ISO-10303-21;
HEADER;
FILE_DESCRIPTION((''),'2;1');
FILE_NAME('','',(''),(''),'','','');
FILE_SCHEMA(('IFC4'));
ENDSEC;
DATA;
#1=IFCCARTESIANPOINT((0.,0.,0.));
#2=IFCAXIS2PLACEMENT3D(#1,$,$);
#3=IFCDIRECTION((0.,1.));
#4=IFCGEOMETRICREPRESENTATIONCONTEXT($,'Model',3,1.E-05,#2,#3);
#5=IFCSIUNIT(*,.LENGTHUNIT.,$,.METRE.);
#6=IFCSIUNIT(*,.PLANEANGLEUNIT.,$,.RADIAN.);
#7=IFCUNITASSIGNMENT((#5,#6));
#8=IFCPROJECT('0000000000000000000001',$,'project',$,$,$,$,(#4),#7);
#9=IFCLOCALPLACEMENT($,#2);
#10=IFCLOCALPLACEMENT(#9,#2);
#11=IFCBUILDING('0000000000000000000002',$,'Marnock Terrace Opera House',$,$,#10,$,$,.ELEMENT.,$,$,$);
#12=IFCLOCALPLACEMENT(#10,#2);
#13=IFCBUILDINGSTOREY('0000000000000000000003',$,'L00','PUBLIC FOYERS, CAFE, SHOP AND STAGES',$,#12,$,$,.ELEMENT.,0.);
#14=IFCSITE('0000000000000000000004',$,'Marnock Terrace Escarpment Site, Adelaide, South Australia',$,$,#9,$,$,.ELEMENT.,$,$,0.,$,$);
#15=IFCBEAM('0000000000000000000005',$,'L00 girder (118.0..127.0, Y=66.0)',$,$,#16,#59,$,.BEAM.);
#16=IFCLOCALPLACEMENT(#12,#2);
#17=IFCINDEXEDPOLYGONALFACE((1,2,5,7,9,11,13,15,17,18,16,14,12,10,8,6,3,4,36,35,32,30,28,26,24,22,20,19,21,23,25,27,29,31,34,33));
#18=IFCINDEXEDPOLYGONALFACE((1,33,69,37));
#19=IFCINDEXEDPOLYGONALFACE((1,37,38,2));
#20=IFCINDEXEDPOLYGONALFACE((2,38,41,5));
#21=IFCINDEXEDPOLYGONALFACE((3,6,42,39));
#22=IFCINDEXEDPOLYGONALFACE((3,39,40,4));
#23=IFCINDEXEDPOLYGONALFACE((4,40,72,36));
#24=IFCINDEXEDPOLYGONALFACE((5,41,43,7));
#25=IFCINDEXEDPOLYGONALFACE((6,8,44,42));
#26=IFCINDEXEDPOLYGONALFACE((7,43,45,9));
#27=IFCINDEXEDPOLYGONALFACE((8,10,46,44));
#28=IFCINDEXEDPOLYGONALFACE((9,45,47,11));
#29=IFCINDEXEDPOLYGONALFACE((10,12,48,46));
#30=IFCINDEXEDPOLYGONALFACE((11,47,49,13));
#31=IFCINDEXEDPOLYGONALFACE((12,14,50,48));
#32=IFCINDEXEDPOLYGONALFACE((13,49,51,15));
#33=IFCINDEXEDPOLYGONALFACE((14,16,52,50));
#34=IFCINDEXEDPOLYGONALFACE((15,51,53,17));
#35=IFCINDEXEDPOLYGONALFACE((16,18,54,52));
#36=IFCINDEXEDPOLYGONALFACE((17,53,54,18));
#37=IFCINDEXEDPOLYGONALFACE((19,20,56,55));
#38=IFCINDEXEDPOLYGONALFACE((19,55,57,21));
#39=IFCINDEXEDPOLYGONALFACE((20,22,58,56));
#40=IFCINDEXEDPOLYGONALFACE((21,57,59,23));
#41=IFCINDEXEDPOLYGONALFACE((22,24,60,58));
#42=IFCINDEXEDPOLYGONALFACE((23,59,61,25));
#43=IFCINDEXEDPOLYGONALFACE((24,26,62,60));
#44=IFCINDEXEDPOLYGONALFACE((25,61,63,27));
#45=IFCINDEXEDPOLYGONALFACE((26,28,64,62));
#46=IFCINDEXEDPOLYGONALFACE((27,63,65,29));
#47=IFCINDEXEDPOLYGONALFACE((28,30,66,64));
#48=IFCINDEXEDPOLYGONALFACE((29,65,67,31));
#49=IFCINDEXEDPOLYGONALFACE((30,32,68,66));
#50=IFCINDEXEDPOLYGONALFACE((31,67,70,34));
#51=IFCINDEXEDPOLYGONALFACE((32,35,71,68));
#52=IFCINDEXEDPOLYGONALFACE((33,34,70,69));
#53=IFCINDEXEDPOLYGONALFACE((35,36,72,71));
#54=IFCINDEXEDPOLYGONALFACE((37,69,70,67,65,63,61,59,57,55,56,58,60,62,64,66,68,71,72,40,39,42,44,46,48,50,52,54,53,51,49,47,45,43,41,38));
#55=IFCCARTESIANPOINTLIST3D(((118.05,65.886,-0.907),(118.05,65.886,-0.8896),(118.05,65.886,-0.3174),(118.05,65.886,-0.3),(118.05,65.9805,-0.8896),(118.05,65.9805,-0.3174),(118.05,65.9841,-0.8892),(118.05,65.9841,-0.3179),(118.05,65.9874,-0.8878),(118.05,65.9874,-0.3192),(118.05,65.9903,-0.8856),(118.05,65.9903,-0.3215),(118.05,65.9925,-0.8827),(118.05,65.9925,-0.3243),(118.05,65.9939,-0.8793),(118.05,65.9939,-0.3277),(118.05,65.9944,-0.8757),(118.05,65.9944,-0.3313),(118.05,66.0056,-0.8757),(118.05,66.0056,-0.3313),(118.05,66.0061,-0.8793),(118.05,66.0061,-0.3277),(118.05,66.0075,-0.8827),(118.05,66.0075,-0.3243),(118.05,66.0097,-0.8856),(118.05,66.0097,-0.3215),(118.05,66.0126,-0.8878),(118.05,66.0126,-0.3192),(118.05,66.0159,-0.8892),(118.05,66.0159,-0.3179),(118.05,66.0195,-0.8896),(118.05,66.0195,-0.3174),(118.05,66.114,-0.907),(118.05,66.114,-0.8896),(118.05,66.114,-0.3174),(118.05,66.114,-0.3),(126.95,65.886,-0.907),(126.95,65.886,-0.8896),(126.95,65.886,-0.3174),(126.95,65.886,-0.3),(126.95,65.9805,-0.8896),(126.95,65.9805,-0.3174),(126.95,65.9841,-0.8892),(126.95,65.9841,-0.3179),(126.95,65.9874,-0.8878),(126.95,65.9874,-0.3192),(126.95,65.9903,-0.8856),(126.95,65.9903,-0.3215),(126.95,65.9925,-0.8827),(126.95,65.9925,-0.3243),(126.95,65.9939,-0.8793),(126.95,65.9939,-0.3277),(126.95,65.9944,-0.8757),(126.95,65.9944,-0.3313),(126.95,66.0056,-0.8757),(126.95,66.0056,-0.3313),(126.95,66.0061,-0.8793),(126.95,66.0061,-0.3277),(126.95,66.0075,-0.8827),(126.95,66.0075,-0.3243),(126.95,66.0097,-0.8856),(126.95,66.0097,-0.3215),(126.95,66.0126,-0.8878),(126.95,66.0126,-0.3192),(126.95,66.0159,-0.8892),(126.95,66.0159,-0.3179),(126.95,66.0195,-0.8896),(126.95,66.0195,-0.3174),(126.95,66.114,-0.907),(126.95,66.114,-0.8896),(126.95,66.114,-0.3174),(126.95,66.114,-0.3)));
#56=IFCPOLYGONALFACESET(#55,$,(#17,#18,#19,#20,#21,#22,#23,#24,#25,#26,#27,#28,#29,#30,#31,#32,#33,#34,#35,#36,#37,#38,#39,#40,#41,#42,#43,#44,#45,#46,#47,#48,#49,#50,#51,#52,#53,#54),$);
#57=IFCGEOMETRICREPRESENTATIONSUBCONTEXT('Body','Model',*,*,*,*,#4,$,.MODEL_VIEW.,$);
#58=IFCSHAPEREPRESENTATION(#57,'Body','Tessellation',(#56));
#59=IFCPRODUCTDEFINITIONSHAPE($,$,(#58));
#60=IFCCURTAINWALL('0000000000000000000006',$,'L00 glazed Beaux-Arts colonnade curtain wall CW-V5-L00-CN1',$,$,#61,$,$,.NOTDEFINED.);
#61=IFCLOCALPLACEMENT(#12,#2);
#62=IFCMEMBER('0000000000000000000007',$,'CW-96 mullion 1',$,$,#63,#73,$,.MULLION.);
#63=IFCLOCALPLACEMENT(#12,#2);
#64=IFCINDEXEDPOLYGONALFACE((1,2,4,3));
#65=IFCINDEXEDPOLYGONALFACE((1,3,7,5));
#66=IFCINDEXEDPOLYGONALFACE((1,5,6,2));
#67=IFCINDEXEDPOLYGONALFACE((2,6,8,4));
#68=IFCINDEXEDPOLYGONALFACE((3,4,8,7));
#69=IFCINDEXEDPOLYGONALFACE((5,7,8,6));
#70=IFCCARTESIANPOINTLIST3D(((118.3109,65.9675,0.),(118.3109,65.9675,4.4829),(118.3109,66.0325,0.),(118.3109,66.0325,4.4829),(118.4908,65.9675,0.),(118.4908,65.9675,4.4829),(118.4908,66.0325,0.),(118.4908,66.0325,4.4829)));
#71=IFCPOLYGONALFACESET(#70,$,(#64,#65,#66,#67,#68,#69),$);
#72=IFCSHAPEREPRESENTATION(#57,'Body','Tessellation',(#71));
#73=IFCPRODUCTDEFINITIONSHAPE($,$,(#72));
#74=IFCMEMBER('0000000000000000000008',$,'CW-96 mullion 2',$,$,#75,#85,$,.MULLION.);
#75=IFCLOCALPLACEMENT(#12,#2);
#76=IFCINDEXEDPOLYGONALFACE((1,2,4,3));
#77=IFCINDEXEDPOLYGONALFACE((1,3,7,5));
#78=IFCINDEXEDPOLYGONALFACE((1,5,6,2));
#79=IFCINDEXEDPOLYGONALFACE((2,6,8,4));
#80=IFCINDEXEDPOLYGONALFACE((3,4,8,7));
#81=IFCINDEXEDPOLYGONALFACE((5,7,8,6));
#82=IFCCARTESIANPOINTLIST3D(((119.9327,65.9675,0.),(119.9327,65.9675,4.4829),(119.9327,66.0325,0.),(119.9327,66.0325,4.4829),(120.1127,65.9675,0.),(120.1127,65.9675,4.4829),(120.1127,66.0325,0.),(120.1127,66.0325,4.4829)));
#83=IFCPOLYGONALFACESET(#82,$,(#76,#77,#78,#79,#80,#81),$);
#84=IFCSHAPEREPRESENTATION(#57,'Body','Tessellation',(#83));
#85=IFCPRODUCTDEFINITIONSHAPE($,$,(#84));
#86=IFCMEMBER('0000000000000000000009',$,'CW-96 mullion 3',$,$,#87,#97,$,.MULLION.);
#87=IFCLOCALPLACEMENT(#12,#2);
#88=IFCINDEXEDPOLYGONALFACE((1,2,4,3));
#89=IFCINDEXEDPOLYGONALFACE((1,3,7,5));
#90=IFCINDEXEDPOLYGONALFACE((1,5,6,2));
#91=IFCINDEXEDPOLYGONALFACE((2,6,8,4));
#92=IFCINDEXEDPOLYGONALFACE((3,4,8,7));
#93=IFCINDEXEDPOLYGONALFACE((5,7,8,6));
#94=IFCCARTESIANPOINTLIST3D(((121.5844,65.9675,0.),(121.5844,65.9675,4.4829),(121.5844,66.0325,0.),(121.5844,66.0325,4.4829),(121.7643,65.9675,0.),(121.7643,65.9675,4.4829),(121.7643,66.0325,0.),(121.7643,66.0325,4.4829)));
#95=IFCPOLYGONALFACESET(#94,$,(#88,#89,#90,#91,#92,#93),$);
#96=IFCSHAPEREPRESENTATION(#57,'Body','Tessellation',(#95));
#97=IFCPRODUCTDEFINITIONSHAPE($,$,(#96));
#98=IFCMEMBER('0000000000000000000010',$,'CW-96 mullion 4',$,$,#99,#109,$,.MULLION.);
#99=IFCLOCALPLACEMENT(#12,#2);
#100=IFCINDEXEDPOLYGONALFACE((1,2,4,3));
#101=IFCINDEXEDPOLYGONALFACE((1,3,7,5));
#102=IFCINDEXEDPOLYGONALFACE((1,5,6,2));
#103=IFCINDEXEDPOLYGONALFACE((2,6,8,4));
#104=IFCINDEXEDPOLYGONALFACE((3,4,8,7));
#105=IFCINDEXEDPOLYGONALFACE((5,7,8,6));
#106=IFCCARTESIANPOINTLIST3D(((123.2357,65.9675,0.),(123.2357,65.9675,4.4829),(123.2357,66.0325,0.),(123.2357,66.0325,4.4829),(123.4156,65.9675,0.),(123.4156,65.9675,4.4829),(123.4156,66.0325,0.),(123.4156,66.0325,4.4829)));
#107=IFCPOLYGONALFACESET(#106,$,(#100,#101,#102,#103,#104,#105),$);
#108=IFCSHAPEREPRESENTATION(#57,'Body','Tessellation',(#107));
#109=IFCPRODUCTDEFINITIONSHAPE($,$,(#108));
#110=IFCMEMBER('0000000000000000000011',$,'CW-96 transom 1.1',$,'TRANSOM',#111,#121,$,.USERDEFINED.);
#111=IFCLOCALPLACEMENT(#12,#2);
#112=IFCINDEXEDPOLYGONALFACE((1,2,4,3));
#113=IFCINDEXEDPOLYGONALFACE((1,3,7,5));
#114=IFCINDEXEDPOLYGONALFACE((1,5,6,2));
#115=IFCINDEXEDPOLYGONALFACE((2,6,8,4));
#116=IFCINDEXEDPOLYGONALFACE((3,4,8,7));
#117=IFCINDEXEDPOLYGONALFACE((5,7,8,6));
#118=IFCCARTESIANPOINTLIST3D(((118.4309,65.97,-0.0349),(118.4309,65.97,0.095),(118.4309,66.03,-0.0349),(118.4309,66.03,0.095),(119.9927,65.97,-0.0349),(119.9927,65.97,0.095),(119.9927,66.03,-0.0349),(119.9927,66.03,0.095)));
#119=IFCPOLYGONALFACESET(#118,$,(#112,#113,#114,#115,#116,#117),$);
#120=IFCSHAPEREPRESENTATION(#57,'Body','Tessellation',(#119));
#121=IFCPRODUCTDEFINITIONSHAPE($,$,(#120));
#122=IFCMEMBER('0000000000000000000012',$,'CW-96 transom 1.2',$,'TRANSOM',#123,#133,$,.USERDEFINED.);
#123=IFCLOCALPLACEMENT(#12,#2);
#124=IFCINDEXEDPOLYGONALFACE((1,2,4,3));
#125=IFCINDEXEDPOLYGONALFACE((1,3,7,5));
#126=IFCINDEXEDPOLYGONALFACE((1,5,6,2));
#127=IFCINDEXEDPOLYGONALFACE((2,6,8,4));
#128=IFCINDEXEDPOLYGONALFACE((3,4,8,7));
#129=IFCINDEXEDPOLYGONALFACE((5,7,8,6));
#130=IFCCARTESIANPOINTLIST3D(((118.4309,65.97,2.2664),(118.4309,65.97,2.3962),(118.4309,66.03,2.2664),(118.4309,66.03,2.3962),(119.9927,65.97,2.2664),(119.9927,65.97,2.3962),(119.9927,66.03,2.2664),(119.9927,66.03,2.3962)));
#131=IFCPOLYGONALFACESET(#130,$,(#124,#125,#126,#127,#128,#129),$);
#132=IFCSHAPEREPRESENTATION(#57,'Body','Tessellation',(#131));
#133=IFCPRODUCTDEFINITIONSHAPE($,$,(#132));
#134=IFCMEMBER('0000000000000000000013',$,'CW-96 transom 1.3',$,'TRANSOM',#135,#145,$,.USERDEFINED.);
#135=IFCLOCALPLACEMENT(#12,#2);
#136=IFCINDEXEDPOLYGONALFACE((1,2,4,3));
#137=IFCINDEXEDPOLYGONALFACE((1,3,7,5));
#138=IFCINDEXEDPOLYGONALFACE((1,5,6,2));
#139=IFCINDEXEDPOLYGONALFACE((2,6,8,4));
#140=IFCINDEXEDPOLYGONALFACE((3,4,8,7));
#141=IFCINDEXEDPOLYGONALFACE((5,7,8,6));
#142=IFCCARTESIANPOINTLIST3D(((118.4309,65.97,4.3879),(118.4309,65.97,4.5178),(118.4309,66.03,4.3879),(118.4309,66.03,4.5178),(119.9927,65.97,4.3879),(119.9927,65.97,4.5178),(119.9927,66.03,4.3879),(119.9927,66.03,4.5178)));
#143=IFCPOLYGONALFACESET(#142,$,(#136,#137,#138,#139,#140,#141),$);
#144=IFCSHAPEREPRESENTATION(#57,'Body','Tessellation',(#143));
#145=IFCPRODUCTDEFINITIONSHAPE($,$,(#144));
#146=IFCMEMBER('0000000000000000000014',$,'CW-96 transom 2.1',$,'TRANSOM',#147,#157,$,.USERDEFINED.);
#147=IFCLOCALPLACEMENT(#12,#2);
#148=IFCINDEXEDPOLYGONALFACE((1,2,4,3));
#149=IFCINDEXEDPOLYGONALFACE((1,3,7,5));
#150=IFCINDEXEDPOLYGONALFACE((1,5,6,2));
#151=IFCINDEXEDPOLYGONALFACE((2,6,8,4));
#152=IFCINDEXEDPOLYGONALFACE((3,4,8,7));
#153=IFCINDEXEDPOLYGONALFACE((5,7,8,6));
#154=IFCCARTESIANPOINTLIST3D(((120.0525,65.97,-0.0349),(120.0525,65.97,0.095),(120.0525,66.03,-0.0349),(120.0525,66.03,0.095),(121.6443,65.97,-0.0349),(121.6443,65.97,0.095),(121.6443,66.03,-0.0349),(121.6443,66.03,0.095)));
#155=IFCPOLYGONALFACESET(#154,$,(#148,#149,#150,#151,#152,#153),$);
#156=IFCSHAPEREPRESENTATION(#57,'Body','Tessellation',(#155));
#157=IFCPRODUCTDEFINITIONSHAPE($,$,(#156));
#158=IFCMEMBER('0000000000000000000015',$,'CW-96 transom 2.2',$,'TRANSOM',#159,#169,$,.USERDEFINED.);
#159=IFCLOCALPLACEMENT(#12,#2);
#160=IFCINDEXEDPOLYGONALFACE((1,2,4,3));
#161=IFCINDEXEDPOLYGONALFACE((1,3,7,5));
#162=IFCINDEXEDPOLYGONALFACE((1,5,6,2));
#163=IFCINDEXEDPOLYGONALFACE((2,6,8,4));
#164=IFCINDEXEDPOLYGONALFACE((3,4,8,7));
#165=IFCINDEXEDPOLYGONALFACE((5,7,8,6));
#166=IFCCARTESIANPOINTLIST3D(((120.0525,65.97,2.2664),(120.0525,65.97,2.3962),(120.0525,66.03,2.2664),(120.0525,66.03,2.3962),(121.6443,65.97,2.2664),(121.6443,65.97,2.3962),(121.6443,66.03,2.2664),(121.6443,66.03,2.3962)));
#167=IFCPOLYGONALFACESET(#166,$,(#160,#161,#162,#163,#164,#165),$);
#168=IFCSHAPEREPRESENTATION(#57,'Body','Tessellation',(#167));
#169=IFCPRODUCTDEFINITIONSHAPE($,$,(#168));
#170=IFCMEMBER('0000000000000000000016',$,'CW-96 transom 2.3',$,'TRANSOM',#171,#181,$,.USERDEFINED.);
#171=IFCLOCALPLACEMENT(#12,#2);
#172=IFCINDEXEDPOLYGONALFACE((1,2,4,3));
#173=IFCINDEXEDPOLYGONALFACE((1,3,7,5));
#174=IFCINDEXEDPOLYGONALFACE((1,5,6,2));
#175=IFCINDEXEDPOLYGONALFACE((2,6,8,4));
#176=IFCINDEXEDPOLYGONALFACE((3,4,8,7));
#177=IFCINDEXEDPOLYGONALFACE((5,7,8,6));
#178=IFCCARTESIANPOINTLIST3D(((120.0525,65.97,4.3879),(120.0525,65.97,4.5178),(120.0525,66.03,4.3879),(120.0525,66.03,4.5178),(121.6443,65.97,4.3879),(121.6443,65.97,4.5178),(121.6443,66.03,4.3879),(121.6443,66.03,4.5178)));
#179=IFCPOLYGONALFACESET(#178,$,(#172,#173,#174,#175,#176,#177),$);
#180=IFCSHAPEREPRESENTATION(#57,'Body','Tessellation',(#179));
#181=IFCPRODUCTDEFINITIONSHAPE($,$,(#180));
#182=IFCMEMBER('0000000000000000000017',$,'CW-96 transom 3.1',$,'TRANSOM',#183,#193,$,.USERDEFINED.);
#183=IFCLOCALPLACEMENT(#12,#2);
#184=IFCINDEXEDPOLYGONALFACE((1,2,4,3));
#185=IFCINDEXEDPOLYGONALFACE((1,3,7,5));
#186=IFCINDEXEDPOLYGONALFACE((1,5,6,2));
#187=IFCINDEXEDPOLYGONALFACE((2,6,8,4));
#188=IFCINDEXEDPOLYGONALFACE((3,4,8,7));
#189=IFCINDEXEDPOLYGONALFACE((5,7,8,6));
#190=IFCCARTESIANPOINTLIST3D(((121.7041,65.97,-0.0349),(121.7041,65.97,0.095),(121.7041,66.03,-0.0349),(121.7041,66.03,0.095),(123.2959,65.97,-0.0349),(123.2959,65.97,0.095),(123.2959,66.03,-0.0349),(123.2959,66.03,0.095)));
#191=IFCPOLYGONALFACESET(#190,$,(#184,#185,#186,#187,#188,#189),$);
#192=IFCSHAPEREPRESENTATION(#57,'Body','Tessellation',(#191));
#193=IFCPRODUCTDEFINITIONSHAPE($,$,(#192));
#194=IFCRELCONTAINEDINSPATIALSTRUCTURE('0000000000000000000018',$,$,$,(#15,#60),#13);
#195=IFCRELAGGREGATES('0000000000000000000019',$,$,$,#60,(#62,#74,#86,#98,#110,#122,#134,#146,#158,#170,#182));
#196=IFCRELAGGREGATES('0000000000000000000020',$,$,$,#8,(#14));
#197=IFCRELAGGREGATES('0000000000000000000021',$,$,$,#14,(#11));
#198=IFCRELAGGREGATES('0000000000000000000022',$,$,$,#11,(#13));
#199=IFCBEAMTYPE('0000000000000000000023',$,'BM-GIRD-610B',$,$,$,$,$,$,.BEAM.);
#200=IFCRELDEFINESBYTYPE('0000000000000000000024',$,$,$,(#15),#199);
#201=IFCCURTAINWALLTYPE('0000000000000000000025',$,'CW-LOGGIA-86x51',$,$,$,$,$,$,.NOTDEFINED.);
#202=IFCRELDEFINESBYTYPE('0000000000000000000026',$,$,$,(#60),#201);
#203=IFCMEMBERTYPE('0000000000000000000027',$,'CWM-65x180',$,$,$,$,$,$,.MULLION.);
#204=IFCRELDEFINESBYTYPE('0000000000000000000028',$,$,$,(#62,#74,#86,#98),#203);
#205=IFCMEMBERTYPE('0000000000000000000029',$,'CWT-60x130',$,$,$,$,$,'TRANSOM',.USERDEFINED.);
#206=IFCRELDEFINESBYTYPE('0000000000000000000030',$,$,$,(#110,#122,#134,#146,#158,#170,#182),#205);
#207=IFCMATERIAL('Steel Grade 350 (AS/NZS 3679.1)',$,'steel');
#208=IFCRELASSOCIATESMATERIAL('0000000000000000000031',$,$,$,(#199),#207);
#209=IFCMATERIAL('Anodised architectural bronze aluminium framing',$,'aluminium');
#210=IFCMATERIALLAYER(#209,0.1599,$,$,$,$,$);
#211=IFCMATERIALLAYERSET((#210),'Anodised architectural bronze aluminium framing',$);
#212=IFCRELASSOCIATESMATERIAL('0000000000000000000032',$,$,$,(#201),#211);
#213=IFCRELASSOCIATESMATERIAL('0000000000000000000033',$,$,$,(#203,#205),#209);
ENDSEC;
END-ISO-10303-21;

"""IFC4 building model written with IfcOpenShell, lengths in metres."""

from ifc_helpers import new_model, si_unit, direction, frame, origin, origin_2d, place, context, subcontext, project, spatial, rectangle, i_section, extrude, material, layer, layer_set, material_profile, profile_set, type_object, element, aggregate, save


model = new_model("IFC4")

# Units and contexts
model_context = context("Model", 3, precision=1e-05, world=origin(), true_north=direction((0.0, 1.0)))
body_context = subcontext(model_context, "Body", "Model", "MODEL_VIEW")
ifc_project = project(units=[si_unit("LENGTHUNIT", "METRE"), si_unit("PLANEANGLEUNIT", "RADIAN")], contexts=[model_context])

# Site, building, storey
site_placement = place(None, origin())
site = spatial("IfcSite", under=ifc_project, at=site_placement, Name="Marnock Terrace Escarpment Site, Adelaide, South Australia", CompositionType="ELEMENT", RefElevation=0.0)
building_placement = place(site_placement, origin())
building = spatial("IfcBuilding", under=site, at=building_placement, Name="Marnock Terrace Opera House", CompositionType="ELEMENT")
storey_placement = place(building_placement, origin())
storey = spatial("IfcBuildingStorey", under=building, at=storey_placement, Name="L00", Description="PUBLIC FOYERS, CAFE, SHOP AND STAGES", CompositionType="ELEMENT", Elevation=0.0)

# Beam
ifc_material_1 = material(Name="Steel Grade 350 (AS/NZS 3679.1)", Category="steel")
ifc_material_profile_1 = material_profile(ifc_material_1, i_section(OverallWidth=0.228, OverallDepth=0.6069, WebThickness=0.0112, FlangeThickness=0.0173, FilletRadius=0.0139, at=origin_2d()))
ifc_profile_set_1 = profile_set([ifc_material_profile_1], Name="Steel Grade 350 (AS/NZS 3679.1)")
beam_type = type_object("IfcBeamType", Name="BM-GIRD-610B", PredefinedType="BEAM", material=ifc_profile_set_1)
beam_placement = place(storey_placement, frame((118.05, 66.0, -0.6035), z_axis=(1.0, 0.0, 0.0), x_axis=(0.0, 1.0, 0.0)))
element("IfcBeam", 1, at=beam_placement, inside=storey, type_object=beam_type, Name="L00 girder (118.0..127.0, Y=66.0)", PredefinedType="BEAM", context=body_context, shape_type="SweptSolid", body=[
    extrude(i_section(OverallWidth=0.228, OverallDepth=0.6069, WebThickness=0.0112, FlangeThickness=0.0173, FilletRadius=0.0139, at=origin_2d()), origin(), (0.0, 0.0, 1.0), 8.8999),
])

# Curtain wall, members
ifc_material_2 = material(Name="Anodised architectural bronze aluminium framing", Category="aluminium")
ifc_layer_1 = layer(ifc_material_2, 0.1599)
ifc_layer_set_1 = layer_set([ifc_layer_1], Name="Anodised architectural bronze aluminium framing")
curtain_wall_type = type_object("IfcCurtainWallType", Name="CW-LOGGIA-86x51", PredefinedType="NOTDEFINED", material=ifc_layer_set_1)
curtain_wall_placement = place(storey_placement, origin())
curtain_wall = element("IfcCurtainWall", 2, at=curtain_wall_placement, inside=storey, type_object=curtain_wall_type, Name="L00 glazed Beaux-Arts colonnade curtain wall CW-V5-L00-CN1", PredefinedType="NOTDEFINED")
ifc_material_profile_2 = material_profile(ifc_material_2, rectangle(XDim=0.0649, YDim=0.1799, at=origin_2d()))
ifc_profile_set_2 = profile_set([ifc_material_profile_2], Name="Anodised architectural bronze aluminium framing")
member_type_1 = type_object("IfcMemberType", Name="CWM-65x180", PredefinedType="MULLION", material=ifc_profile_set_2)
member_1_placement = place(storey_placement, frame((118.4009, 66.0, 0.0), z_axis=(0.0, 0.0, 1.0), x_axis=(0.0, 1.0, 0.0)))
member_1 = element("IfcMember", 3, at=member_1_placement, type_object=member_type_1, Name="CW-96 mullion 1", PredefinedType="MULLION", context=body_context, shape_type="SweptSolid", body=[
    extrude(rectangle(XDim=0.0649, YDim=0.1799, at=origin_2d()), origin(), (0.0, 0.0, 1.0), 4.4829),
])
member_2_placement = place(storey_placement, frame((120.0227, 66.0, 0.0), z_axis=(0.0, 0.0, 1.0), x_axis=(0.0, 1.0, 0.0)))
member_2 = element("IfcMember", 4, at=member_2_placement, type_object=member_type_1, Name="CW-96 mullion 2", PredefinedType="MULLION", context=body_context, shape_type="SweptSolid", body=[
    extrude(rectangle(XDim=0.0649, YDim=0.1799, at=origin_2d()), origin(), (0.0, 0.0, 1.0), 4.4829),
])
member_3_placement = place(storey_placement, frame((121.6743, 66.0, 0.0), z_axis=(0.0, 0.0, 1.0), x_axis=(0.0, 1.0, 0.0)))
member_3 = element("IfcMember", 5, at=member_3_placement, type_object=member_type_1, Name="CW-96 mullion 3", PredefinedType="MULLION", context=body_context, shape_type="SweptSolid", body=[
    extrude(rectangle(XDim=0.0649, YDim=0.1799, at=origin_2d()), origin(), (0.0, 0.0, 1.0), 4.4829),
])
member_4_placement = place(storey_placement, frame((123.3257, 66.0, 0.0), z_axis=(0.0, 0.0, 1.0), x_axis=(0.0, 1.0, 0.0)))
member_4 = element("IfcMember", 6, at=member_4_placement, type_object=member_type_1, Name="CW-96 mullion 4", PredefinedType="MULLION", context=body_context, shape_type="SweptSolid", body=[
    extrude(rectangle(XDim=0.0649, YDim=0.1799, at=origin_2d()), origin(), (0.0, 0.0, 1.0), 4.4829),
])
ifc_material_profile_3 = material_profile(ifc_material_2, rectangle(XDim=0.0601, YDim=0.1299, at=origin_2d()))
ifc_profile_set_3 = profile_set([ifc_material_profile_3], Name="Anodised architectural bronze aluminium framing")
member_type_2 = type_object("IfcMemberType", Name="CWT-60x130", ElementType="TRANSOM", PredefinedType="USERDEFINED", material=ifc_profile_set_3)
member_5_placement = place(storey_placement, frame((118.4309, 66.0, 0.03), z_axis=(1.0, 0.0, 0.0), x_axis=(0.0, 1.0, 0.0)))
member_5 = element("IfcMember", 7, at=member_5_placement, type_object=member_type_2, Name="CW-96 transom 1.1", ObjectType="TRANSOM", PredefinedType="USERDEFINED", context=body_context, shape_type="SweptSolid", body=[
    extrude(rectangle(XDim=0.0601, YDim=0.1299, at=origin_2d()), origin(), (0.0, 0.0, 1.0), 1.5618),
])
member_6_placement = place(storey_placement, frame((118.4309, 66.0, 2.3313), z_axis=(1.0, 0.0, 0.0), x_axis=(0.0, 1.0, 0.0)))
member_6 = element("IfcMember", 8, at=member_6_placement, type_object=member_type_2, Name="CW-96 transom 1.2", ObjectType="TRANSOM", PredefinedType="USERDEFINED", context=body_context, shape_type="SweptSolid", body=[
    extrude(rectangle(XDim=0.0601, YDim=0.1299, at=origin_2d()), origin(), (0.0, 0.0, 1.0), 1.5618),
])
member_7_placement = place(storey_placement, frame((118.4309, 66.0, 4.4529), z_axis=(1.0, 0.0, 0.0), x_axis=(0.0, 1.0, 0.0)))
member_7 = element("IfcMember", 9, at=member_7_placement, type_object=member_type_2, Name="CW-96 transom 1.3", ObjectType="TRANSOM", PredefinedType="USERDEFINED", context=body_context, shape_type="SweptSolid", body=[
    extrude(rectangle(XDim=0.0601, YDim=0.1299, at=origin_2d()), origin(), (0.0, 0.0, 1.0), 1.5618),
])
member_8_placement = place(storey_placement, frame((120.0525, 66.0, 0.03), z_axis=(1.0, 0.0, 0.0), x_axis=(0.0, 1.0, 0.0)))
member_8 = element("IfcMember", 10, at=member_8_placement, type_object=member_type_2, Name="CW-96 transom 2.1", ObjectType="TRANSOM", PredefinedType="USERDEFINED", context=body_context, shape_type="SweptSolid", body=[
    extrude(rectangle(XDim=0.0601, YDim=0.1299, at=origin_2d()), origin(), (0.0, 0.0, 1.0), 1.5918),
])
member_9_placement = place(storey_placement, frame((120.0525, 66.0, 2.3313), z_axis=(1.0, 0.0, 0.0), x_axis=(0.0, 1.0, 0.0)))
member_9 = element("IfcMember", 11, at=member_9_placement, type_object=member_type_2, Name="CW-96 transom 2.2", ObjectType="TRANSOM", PredefinedType="USERDEFINED", context=body_context, shape_type="SweptSolid", body=[
    extrude(rectangle(XDim=0.0601, YDim=0.1299, at=origin_2d()), origin(), (0.0, 0.0, 1.0), 1.5918),
])
member_10_placement = place(storey_placement, frame((120.0525, 66.0, 4.4529), z_axis=(1.0, 0.0, 0.0), x_axis=(0.0, 1.0, 0.0)))
member_10 = element("IfcMember", 12, at=member_10_placement, type_object=member_type_2, Name="CW-96 transom 2.3", ObjectType="TRANSOM", PredefinedType="USERDEFINED", context=body_context, shape_type="SweptSolid", body=[
    extrude(rectangle(XDim=0.0601, YDim=0.1299, at=origin_2d()), origin(), (0.0, 0.0, 1.0), 1.5918),
])
member_11_placement = place(storey_placement, frame((121.7041, 66.0, 0.03), z_axis=(1.0, 0.0, 0.0), x_axis=(0.0, 1.0, 0.0)))
member_11 = element("IfcMember", 13, at=member_11_placement, type_object=member_type_2, Name="CW-96 transom 3.1", ObjectType="TRANSOM", PredefinedType="USERDEFINED", context=body_context, shape_type="SweptSolid", body=[
    extrude(rectangle(XDim=0.0601, YDim=0.1299, at=origin_2d()), origin(), (0.0, 0.0, 1.0), 1.5918),
])
aggregate(curtain_wall, [member_1, member_2, member_3, member_4, member_5, member_6, member_7, member_8, member_9, member_10, member_11])

save(model, "model.ifc")
